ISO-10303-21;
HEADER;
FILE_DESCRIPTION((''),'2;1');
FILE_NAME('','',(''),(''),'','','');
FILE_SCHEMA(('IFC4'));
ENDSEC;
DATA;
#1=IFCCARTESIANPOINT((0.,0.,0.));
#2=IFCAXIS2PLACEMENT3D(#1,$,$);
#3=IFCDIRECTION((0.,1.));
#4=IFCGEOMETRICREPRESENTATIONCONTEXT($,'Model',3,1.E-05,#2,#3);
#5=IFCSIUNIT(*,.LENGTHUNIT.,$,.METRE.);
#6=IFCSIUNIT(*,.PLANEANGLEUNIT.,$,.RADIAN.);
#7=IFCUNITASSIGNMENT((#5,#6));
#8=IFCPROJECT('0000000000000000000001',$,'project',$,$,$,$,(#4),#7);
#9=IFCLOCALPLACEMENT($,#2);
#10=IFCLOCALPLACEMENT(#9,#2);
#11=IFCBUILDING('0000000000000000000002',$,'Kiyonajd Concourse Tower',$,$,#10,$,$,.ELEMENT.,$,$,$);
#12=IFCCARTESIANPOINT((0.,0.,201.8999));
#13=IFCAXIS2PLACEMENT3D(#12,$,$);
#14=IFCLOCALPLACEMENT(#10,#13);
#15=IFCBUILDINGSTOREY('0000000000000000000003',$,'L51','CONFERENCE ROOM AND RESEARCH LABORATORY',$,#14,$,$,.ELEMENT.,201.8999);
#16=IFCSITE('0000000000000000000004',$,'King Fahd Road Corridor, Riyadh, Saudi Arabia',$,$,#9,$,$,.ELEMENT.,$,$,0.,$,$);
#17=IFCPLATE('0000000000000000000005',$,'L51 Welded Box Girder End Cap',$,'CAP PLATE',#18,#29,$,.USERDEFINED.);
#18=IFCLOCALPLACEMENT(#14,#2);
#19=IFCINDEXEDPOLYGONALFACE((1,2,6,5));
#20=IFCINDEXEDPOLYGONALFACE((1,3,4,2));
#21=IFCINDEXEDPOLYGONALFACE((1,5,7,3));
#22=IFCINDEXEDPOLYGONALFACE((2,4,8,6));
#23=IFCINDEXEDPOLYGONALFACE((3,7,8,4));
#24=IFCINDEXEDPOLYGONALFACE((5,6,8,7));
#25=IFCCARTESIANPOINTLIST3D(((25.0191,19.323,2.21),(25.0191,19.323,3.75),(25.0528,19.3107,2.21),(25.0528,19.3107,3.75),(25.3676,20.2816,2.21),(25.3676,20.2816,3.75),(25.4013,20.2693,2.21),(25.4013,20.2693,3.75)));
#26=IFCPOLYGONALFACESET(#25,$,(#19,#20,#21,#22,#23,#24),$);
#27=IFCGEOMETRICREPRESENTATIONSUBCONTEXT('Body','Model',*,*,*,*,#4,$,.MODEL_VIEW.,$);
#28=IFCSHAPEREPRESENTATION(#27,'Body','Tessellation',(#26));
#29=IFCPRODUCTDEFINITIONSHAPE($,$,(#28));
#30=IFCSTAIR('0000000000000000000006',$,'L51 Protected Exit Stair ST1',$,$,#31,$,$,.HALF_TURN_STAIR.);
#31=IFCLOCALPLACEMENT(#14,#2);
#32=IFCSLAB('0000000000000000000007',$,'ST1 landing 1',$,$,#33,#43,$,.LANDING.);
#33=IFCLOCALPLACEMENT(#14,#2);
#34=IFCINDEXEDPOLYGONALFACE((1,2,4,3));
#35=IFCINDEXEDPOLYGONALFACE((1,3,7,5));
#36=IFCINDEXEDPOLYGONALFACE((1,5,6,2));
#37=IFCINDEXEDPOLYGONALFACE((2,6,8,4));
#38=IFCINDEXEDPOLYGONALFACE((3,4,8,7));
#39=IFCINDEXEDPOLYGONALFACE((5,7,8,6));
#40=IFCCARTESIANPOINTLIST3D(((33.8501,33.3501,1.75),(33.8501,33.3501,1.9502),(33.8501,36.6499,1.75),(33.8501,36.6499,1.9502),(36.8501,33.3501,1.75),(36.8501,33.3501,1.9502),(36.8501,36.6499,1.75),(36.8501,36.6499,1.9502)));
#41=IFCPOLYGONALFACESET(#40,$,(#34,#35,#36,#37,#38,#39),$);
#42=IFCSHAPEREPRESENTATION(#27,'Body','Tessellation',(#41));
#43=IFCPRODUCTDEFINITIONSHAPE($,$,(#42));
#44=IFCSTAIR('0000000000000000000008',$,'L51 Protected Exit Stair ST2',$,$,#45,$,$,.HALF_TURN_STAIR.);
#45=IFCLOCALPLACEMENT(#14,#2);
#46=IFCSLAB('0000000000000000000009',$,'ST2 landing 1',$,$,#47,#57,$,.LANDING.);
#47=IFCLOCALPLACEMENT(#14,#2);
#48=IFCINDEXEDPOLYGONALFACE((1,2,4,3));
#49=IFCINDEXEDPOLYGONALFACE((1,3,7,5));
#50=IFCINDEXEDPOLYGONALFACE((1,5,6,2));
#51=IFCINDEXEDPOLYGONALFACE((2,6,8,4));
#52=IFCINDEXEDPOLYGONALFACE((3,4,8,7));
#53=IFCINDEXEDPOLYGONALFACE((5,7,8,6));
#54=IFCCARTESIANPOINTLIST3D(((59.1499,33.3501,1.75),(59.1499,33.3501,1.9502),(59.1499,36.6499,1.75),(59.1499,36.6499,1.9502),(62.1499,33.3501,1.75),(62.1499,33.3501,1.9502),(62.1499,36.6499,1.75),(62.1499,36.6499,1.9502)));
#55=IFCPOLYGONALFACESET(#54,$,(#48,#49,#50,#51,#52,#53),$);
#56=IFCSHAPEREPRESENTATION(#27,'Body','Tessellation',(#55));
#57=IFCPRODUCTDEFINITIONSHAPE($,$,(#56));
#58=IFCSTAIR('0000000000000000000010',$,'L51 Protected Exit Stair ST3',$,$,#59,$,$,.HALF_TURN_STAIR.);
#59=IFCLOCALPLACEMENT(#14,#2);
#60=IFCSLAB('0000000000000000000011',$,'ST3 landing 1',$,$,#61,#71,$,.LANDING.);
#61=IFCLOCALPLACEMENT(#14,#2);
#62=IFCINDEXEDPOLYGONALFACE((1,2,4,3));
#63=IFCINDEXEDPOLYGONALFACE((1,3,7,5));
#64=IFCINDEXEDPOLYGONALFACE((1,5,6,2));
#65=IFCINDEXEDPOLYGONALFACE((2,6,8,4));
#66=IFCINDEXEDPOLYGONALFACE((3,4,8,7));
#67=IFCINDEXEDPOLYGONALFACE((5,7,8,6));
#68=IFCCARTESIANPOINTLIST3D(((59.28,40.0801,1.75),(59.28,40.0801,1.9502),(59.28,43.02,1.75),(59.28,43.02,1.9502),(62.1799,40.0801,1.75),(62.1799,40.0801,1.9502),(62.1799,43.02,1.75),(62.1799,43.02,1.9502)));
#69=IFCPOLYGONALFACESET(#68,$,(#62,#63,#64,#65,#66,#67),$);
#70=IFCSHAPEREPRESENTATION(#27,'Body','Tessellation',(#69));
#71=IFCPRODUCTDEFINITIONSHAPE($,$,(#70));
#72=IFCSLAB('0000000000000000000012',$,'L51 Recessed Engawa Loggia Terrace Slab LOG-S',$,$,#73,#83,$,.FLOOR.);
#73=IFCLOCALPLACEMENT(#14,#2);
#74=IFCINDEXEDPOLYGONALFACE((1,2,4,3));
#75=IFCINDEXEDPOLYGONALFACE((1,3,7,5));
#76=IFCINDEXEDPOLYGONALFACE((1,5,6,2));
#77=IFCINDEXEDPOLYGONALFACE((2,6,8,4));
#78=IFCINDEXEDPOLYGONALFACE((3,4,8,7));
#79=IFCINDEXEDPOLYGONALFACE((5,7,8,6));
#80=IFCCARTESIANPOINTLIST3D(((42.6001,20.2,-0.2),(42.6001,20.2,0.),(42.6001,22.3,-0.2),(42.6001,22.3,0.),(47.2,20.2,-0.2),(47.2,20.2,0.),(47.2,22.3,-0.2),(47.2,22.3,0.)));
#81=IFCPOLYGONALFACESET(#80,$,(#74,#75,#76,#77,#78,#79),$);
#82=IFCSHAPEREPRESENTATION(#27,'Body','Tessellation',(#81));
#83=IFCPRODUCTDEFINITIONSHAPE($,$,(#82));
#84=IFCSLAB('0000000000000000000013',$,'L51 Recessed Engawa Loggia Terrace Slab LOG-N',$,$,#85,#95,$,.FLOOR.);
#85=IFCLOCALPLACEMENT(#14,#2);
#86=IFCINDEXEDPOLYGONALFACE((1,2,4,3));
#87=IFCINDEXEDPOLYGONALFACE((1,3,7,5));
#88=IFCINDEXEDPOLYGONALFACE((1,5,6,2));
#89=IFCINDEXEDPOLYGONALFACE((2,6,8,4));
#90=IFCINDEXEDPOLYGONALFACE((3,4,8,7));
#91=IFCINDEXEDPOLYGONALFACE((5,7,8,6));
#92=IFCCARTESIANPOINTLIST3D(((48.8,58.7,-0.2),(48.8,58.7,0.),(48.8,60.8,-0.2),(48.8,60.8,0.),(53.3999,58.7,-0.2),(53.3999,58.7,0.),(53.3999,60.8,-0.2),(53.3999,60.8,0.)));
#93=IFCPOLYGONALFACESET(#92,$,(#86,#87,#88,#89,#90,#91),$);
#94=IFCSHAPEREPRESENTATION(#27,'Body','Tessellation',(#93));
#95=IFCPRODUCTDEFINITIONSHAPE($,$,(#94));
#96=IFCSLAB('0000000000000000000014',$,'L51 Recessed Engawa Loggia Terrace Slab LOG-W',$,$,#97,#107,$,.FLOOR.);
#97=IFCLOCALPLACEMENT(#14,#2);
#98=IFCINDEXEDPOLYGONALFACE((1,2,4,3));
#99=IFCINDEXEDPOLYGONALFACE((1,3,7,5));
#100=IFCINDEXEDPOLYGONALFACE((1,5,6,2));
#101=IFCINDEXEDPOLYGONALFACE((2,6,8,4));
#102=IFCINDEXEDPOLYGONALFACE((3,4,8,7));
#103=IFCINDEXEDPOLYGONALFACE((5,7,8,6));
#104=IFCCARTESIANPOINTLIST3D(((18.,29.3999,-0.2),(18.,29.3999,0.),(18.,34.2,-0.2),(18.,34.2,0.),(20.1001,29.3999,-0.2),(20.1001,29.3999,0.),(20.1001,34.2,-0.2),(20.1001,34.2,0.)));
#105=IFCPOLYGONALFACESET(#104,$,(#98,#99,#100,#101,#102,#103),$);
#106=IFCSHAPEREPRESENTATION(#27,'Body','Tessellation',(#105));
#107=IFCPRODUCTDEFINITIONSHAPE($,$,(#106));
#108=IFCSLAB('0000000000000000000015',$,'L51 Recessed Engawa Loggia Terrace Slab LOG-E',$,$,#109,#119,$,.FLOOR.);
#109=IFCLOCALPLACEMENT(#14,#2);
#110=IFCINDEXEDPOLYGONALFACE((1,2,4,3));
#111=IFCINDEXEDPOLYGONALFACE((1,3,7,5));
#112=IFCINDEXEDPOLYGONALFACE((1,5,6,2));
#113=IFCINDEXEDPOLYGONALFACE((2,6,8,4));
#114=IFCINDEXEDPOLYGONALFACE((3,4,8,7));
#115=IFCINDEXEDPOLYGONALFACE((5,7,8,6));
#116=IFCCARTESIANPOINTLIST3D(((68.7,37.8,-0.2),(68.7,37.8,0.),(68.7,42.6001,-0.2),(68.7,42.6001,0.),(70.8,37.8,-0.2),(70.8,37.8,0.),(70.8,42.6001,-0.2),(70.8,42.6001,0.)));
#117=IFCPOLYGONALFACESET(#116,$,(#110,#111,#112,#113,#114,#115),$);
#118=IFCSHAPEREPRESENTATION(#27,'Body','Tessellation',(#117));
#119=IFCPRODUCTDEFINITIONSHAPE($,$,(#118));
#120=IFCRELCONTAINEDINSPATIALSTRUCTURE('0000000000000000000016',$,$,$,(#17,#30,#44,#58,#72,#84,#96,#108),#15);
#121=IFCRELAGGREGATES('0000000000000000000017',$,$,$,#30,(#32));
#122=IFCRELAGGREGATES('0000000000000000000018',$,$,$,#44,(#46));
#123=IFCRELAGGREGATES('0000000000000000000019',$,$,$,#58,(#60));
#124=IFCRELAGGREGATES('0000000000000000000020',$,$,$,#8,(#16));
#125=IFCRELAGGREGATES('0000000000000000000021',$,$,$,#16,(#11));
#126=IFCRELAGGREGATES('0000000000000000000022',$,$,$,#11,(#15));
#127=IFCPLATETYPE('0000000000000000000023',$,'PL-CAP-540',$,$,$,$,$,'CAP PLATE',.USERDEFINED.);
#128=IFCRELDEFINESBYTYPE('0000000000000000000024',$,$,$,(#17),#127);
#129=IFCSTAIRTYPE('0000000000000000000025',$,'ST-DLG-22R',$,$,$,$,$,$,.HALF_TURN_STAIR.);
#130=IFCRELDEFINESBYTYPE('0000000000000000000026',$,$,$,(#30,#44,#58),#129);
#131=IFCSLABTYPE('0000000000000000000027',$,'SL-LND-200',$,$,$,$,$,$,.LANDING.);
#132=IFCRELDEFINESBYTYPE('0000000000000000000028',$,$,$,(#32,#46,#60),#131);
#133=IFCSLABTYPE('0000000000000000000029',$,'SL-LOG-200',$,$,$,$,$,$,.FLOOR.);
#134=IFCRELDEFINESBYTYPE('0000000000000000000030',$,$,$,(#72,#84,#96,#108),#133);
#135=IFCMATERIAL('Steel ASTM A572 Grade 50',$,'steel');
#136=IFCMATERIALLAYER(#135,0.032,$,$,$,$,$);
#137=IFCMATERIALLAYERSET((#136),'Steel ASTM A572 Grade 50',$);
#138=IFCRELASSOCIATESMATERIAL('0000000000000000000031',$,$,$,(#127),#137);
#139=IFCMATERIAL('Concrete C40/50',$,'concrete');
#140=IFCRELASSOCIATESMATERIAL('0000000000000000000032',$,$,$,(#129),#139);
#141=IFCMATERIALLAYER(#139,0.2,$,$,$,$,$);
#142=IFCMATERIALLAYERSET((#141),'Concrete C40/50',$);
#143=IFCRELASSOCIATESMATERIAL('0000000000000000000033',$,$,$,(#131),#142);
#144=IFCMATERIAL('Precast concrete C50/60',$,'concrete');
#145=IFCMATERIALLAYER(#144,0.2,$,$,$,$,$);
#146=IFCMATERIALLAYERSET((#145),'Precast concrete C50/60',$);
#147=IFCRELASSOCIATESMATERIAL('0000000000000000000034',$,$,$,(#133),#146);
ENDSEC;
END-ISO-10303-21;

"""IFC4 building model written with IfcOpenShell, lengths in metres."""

from ifc_helpers import new_model, si_unit, direction, frame, origin, origin_2d, place, context, subcontext, project, spatial, polyline, rectangle, outline, extrude, material, layer, layer_set, type_object, element, aggregate, save


model = new_model("IFC4")

# Units and contexts
model_context = context("Model", 3, precision=1e-05, world=origin(), true_north=direction((0.0, 1.0)))
body_context = subcontext(model_context, "Body", "Model", "MODEL_VIEW")
ifc_project = project(units=[si_unit("LENGTHUNIT", "METRE"), si_unit("PLANEANGLEUNIT", "RADIAN")], contexts=[model_context])

# Site, building, storey
site_placement = place(None, origin())
site = spatial("IfcSite", under=ifc_project, at=site_placement, Name="King Fahd Road Corridor, Riyadh, Saudi Arabia", CompositionType="ELEMENT", RefElevation=0.0)
building_placement = place(site_placement, origin())
building = spatial("IfcBuilding", under=site, at=building_placement, Name="Kiyonajd Concourse Tower", CompositionType="ELEMENT")
storey_placement = place(building_placement, frame((0.0, 0.0, 201.8999)))
storey = spatial("IfcBuildingStorey", under=building, at=storey_placement, Name="L51", Description="CONFERENCE ROOM AND RESEARCH LABORATORY", CompositionType="ELEMENT", Elevation=201.8999)

# Shared definitions
ifc_material_1 = material(Name="Steel ASTM A572 Grade 50", Category="steel")

# Plate
ifc_layer_1 = layer(ifc_material_1, 0.032)
ifc_layer_set_1 = layer_set([ifc_layer_1], Name="Steel ASTM A572 Grade 50")
plate_type_1 = type_object("IfcPlateType", Name="PL-CAP-540", ElementType="CAP PLATE", PredefinedType="USERDEFINED", material=ifc_layer_set_1)
for number, where, z_axis, x_axis, name in (
    (1, (25.2102, 19.7961, 2.21), (0.0, 0.0, 1.0), (0.939812, -0.341692, 0.0), "L51 Welded Box Girder End Cap"),
):
    element("IfcPlate", number, at=place(storey_placement, frame(where, z_axis=z_axis, x_axis=x_axis)), inside=storey, type_object=plate_type_1, Name=name, ObjectType="CAP PLATE", PredefinedType="USERDEFINED", context=body_context, shape_type="SweptSolid", body=[
        extrude(rectangle(XDim=0.0359, YDim=1.02, at=origin_2d()), origin(), (0.0, 0.0, 1.0), 1.54),
    ])

# Stairs, slabs
ifc_material_2 = material(Name="Concrete C40/50", Category="concrete")
stair_type = type_object("IfcStairType", Name="ST-DLG-22R", PredefinedType="HALF_TURN_STAIR", material=ifc_material_2)
stair_1_placement = place(storey_placement, origin())
stair_1 = element("IfcStair", 2, at=stair_1_placement, inside=storey, type_object=stair_type, Name="L51 Protected Exit Stair ST1", PredefinedType="HALF_TURN_STAIR")
ifc_layer_2 = layer(ifc_material_2, 0.2)
ifc_layer_set_2 = layer_set([ifc_layer_2], Name="Concrete C40/50")
slab_type_1 = type_object("IfcSlabType", Name="SL-LND-200", PredefinedType="LANDING", material=ifc_layer_set_2)
slab_1_placement = place(storey_placement, frame((0.0, 0.0, 1.75)))
slab_1 = element("IfcSlab", 3, at=slab_1_placement, type_object=slab_type_1, Name="ST1 landing 1", PredefinedType="LANDING", context=body_context, shape_type="SweptSolid", body=[
    extrude(outline(polyline([(36.8501, 33.3501), (36.8501, 36.6499), (33.8501, 36.6499), (33.8501, 33.3501), (36.8501, 33.3501)])), origin(), (0.0, 0.0, 1.0), 0.2002),
])
aggregate(stair_1, [slab_1])
stair_2_placement = place(storey_placement, origin())
stair_2 = element("IfcStair", 4, at=stair_2_placement, inside=storey, type_object=stair_type, Name="L51 Protected Exit Stair ST2", PredefinedType="HALF_TURN_STAIR")
slab_2_placement = place(storey_placement, frame((0.0, 0.0, 1.75)))
slab_2 = element("IfcSlab", 5, at=slab_2_placement, type_object=slab_type_1, Name="ST2 landing 1", PredefinedType="LANDING", context=body_context, shape_type="SweptSolid", body=[
    extrude(outline(polyline([(62.1499, 33.3501), (62.1499, 36.6499), (59.1499, 36.6499), (59.1499, 33.3501), (62.1499, 33.3501)])), origin(), (0.0, 0.0, 1.0), 0.2002),
])
aggregate(stair_2, [slab_2])
stair_3_placement = place(storey_placement, origin())
stair_3 = element("IfcStair", 6, at=stair_3_placement, inside=storey, type_object=stair_type, Name="L51 Protected Exit Stair ST3", PredefinedType="HALF_TURN_STAIR")
slab_3_placement = place(storey_placement, frame((0.0, 0.0, 1.75)))
slab_3 = element("IfcSlab", 7, at=slab_3_placement, type_object=slab_type_1, Name="ST3 landing 1", PredefinedType="LANDING", context=body_context, shape_type="SweptSolid", body=[
    extrude(outline(polyline([(59.28, 40.0801), (62.1799, 40.0801), (62.1799, 43.02), (59.28, 43.02), (59.28, 40.0801)])), origin(), (0.0, 0.0, 1.0), 0.2002),
])
aggregate(stair_3, [slab_3])

# Slabs
ifc_material_3 = material(Name="Precast concrete C50/60", Category="concrete")
ifc_layer_3 = layer(ifc_material_3, 0.2)
ifc_layer_set_3 = layer_set([ifc_layer_3], Name="Precast concrete C50/60")
slab_type_2 = type_object("IfcSlabType", Name="SL-LOG-200", PredefinedType="FLOOR", material=ifc_layer_set_3)
slab_4_placement = place(storey_placement, frame((0.0, 0.0, -0.2)))
element("IfcSlab", 8, at=slab_4_placement, inside=storey, type_object=slab_type_2, Name="L51 Recessed Engawa Loggia Terrace Slab LOG-S", PredefinedType="FLOOR", context=body_context, shape_type="SweptSolid", body=[
    extrude(outline(polyline([(42.6001, 20.2), (47.2, 20.2), (47.2, 22.3), (42.6001, 22.3), (42.6001, 20.2)])), origin(), (0.0, 0.0, 1.0), 0.2),
])
slab_5_placement = place(storey_placement, frame((0.0, 0.0, -0.2)))
element("IfcSlab", 9, at=slab_5_placement, inside=storey, type_object=slab_type_2, Name="L51 Recessed Engawa Loggia Terrace Slab LOG-N", PredefinedType="FLOOR", context=body_context, shape_type="SweptSolid", body=[
    extrude(outline(polyline([(48.8, 58.7), (53.3999, 58.7), (53.3999, 60.8), (48.8, 60.8), (48.8, 58.7)])), origin(), (0.0, 0.0, 1.0), 0.2),
])
slab_6_placement = place(storey_placement, frame((0.0, 0.0, -0.2)))
element("IfcSlab", 10, at=slab_6_placement, inside=storey, type_object=slab_type_2, Name="L51 Recessed Engawa Loggia Terrace Slab LOG-W", PredefinedType="FLOOR", context=body_context, shape_type="SweptSolid", body=[
    extrude(outline(polyline([(18.0, 29.3999), (20.1001, 29.3999), (20.1001, 34.2), (18.0, 34.2), (18.0, 29.3999)])), origin(), (0.0, 0.0, 1.0), 0.2),
])
slab_7_placement = place(storey_placement, frame((0.0, 0.0, -0.2)))
element("IfcSlab", 11, at=slab_7_placement, inside=storey, type_object=slab_type_2, Name="L51 Recessed Engawa Loggia Terrace Slab LOG-E", PredefinedType="FLOOR", context=body_context, shape_type="SweptSolid", body=[
    extrude(outline(polyline([(68.7, 37.8), (70.8, 37.8), (70.8, 42.6001), (68.7, 42.6001), (68.7, 37.8)])), origin(), (0.0, 0.0, 1.0), 0.2),
])

save(model, "model.ifc")
